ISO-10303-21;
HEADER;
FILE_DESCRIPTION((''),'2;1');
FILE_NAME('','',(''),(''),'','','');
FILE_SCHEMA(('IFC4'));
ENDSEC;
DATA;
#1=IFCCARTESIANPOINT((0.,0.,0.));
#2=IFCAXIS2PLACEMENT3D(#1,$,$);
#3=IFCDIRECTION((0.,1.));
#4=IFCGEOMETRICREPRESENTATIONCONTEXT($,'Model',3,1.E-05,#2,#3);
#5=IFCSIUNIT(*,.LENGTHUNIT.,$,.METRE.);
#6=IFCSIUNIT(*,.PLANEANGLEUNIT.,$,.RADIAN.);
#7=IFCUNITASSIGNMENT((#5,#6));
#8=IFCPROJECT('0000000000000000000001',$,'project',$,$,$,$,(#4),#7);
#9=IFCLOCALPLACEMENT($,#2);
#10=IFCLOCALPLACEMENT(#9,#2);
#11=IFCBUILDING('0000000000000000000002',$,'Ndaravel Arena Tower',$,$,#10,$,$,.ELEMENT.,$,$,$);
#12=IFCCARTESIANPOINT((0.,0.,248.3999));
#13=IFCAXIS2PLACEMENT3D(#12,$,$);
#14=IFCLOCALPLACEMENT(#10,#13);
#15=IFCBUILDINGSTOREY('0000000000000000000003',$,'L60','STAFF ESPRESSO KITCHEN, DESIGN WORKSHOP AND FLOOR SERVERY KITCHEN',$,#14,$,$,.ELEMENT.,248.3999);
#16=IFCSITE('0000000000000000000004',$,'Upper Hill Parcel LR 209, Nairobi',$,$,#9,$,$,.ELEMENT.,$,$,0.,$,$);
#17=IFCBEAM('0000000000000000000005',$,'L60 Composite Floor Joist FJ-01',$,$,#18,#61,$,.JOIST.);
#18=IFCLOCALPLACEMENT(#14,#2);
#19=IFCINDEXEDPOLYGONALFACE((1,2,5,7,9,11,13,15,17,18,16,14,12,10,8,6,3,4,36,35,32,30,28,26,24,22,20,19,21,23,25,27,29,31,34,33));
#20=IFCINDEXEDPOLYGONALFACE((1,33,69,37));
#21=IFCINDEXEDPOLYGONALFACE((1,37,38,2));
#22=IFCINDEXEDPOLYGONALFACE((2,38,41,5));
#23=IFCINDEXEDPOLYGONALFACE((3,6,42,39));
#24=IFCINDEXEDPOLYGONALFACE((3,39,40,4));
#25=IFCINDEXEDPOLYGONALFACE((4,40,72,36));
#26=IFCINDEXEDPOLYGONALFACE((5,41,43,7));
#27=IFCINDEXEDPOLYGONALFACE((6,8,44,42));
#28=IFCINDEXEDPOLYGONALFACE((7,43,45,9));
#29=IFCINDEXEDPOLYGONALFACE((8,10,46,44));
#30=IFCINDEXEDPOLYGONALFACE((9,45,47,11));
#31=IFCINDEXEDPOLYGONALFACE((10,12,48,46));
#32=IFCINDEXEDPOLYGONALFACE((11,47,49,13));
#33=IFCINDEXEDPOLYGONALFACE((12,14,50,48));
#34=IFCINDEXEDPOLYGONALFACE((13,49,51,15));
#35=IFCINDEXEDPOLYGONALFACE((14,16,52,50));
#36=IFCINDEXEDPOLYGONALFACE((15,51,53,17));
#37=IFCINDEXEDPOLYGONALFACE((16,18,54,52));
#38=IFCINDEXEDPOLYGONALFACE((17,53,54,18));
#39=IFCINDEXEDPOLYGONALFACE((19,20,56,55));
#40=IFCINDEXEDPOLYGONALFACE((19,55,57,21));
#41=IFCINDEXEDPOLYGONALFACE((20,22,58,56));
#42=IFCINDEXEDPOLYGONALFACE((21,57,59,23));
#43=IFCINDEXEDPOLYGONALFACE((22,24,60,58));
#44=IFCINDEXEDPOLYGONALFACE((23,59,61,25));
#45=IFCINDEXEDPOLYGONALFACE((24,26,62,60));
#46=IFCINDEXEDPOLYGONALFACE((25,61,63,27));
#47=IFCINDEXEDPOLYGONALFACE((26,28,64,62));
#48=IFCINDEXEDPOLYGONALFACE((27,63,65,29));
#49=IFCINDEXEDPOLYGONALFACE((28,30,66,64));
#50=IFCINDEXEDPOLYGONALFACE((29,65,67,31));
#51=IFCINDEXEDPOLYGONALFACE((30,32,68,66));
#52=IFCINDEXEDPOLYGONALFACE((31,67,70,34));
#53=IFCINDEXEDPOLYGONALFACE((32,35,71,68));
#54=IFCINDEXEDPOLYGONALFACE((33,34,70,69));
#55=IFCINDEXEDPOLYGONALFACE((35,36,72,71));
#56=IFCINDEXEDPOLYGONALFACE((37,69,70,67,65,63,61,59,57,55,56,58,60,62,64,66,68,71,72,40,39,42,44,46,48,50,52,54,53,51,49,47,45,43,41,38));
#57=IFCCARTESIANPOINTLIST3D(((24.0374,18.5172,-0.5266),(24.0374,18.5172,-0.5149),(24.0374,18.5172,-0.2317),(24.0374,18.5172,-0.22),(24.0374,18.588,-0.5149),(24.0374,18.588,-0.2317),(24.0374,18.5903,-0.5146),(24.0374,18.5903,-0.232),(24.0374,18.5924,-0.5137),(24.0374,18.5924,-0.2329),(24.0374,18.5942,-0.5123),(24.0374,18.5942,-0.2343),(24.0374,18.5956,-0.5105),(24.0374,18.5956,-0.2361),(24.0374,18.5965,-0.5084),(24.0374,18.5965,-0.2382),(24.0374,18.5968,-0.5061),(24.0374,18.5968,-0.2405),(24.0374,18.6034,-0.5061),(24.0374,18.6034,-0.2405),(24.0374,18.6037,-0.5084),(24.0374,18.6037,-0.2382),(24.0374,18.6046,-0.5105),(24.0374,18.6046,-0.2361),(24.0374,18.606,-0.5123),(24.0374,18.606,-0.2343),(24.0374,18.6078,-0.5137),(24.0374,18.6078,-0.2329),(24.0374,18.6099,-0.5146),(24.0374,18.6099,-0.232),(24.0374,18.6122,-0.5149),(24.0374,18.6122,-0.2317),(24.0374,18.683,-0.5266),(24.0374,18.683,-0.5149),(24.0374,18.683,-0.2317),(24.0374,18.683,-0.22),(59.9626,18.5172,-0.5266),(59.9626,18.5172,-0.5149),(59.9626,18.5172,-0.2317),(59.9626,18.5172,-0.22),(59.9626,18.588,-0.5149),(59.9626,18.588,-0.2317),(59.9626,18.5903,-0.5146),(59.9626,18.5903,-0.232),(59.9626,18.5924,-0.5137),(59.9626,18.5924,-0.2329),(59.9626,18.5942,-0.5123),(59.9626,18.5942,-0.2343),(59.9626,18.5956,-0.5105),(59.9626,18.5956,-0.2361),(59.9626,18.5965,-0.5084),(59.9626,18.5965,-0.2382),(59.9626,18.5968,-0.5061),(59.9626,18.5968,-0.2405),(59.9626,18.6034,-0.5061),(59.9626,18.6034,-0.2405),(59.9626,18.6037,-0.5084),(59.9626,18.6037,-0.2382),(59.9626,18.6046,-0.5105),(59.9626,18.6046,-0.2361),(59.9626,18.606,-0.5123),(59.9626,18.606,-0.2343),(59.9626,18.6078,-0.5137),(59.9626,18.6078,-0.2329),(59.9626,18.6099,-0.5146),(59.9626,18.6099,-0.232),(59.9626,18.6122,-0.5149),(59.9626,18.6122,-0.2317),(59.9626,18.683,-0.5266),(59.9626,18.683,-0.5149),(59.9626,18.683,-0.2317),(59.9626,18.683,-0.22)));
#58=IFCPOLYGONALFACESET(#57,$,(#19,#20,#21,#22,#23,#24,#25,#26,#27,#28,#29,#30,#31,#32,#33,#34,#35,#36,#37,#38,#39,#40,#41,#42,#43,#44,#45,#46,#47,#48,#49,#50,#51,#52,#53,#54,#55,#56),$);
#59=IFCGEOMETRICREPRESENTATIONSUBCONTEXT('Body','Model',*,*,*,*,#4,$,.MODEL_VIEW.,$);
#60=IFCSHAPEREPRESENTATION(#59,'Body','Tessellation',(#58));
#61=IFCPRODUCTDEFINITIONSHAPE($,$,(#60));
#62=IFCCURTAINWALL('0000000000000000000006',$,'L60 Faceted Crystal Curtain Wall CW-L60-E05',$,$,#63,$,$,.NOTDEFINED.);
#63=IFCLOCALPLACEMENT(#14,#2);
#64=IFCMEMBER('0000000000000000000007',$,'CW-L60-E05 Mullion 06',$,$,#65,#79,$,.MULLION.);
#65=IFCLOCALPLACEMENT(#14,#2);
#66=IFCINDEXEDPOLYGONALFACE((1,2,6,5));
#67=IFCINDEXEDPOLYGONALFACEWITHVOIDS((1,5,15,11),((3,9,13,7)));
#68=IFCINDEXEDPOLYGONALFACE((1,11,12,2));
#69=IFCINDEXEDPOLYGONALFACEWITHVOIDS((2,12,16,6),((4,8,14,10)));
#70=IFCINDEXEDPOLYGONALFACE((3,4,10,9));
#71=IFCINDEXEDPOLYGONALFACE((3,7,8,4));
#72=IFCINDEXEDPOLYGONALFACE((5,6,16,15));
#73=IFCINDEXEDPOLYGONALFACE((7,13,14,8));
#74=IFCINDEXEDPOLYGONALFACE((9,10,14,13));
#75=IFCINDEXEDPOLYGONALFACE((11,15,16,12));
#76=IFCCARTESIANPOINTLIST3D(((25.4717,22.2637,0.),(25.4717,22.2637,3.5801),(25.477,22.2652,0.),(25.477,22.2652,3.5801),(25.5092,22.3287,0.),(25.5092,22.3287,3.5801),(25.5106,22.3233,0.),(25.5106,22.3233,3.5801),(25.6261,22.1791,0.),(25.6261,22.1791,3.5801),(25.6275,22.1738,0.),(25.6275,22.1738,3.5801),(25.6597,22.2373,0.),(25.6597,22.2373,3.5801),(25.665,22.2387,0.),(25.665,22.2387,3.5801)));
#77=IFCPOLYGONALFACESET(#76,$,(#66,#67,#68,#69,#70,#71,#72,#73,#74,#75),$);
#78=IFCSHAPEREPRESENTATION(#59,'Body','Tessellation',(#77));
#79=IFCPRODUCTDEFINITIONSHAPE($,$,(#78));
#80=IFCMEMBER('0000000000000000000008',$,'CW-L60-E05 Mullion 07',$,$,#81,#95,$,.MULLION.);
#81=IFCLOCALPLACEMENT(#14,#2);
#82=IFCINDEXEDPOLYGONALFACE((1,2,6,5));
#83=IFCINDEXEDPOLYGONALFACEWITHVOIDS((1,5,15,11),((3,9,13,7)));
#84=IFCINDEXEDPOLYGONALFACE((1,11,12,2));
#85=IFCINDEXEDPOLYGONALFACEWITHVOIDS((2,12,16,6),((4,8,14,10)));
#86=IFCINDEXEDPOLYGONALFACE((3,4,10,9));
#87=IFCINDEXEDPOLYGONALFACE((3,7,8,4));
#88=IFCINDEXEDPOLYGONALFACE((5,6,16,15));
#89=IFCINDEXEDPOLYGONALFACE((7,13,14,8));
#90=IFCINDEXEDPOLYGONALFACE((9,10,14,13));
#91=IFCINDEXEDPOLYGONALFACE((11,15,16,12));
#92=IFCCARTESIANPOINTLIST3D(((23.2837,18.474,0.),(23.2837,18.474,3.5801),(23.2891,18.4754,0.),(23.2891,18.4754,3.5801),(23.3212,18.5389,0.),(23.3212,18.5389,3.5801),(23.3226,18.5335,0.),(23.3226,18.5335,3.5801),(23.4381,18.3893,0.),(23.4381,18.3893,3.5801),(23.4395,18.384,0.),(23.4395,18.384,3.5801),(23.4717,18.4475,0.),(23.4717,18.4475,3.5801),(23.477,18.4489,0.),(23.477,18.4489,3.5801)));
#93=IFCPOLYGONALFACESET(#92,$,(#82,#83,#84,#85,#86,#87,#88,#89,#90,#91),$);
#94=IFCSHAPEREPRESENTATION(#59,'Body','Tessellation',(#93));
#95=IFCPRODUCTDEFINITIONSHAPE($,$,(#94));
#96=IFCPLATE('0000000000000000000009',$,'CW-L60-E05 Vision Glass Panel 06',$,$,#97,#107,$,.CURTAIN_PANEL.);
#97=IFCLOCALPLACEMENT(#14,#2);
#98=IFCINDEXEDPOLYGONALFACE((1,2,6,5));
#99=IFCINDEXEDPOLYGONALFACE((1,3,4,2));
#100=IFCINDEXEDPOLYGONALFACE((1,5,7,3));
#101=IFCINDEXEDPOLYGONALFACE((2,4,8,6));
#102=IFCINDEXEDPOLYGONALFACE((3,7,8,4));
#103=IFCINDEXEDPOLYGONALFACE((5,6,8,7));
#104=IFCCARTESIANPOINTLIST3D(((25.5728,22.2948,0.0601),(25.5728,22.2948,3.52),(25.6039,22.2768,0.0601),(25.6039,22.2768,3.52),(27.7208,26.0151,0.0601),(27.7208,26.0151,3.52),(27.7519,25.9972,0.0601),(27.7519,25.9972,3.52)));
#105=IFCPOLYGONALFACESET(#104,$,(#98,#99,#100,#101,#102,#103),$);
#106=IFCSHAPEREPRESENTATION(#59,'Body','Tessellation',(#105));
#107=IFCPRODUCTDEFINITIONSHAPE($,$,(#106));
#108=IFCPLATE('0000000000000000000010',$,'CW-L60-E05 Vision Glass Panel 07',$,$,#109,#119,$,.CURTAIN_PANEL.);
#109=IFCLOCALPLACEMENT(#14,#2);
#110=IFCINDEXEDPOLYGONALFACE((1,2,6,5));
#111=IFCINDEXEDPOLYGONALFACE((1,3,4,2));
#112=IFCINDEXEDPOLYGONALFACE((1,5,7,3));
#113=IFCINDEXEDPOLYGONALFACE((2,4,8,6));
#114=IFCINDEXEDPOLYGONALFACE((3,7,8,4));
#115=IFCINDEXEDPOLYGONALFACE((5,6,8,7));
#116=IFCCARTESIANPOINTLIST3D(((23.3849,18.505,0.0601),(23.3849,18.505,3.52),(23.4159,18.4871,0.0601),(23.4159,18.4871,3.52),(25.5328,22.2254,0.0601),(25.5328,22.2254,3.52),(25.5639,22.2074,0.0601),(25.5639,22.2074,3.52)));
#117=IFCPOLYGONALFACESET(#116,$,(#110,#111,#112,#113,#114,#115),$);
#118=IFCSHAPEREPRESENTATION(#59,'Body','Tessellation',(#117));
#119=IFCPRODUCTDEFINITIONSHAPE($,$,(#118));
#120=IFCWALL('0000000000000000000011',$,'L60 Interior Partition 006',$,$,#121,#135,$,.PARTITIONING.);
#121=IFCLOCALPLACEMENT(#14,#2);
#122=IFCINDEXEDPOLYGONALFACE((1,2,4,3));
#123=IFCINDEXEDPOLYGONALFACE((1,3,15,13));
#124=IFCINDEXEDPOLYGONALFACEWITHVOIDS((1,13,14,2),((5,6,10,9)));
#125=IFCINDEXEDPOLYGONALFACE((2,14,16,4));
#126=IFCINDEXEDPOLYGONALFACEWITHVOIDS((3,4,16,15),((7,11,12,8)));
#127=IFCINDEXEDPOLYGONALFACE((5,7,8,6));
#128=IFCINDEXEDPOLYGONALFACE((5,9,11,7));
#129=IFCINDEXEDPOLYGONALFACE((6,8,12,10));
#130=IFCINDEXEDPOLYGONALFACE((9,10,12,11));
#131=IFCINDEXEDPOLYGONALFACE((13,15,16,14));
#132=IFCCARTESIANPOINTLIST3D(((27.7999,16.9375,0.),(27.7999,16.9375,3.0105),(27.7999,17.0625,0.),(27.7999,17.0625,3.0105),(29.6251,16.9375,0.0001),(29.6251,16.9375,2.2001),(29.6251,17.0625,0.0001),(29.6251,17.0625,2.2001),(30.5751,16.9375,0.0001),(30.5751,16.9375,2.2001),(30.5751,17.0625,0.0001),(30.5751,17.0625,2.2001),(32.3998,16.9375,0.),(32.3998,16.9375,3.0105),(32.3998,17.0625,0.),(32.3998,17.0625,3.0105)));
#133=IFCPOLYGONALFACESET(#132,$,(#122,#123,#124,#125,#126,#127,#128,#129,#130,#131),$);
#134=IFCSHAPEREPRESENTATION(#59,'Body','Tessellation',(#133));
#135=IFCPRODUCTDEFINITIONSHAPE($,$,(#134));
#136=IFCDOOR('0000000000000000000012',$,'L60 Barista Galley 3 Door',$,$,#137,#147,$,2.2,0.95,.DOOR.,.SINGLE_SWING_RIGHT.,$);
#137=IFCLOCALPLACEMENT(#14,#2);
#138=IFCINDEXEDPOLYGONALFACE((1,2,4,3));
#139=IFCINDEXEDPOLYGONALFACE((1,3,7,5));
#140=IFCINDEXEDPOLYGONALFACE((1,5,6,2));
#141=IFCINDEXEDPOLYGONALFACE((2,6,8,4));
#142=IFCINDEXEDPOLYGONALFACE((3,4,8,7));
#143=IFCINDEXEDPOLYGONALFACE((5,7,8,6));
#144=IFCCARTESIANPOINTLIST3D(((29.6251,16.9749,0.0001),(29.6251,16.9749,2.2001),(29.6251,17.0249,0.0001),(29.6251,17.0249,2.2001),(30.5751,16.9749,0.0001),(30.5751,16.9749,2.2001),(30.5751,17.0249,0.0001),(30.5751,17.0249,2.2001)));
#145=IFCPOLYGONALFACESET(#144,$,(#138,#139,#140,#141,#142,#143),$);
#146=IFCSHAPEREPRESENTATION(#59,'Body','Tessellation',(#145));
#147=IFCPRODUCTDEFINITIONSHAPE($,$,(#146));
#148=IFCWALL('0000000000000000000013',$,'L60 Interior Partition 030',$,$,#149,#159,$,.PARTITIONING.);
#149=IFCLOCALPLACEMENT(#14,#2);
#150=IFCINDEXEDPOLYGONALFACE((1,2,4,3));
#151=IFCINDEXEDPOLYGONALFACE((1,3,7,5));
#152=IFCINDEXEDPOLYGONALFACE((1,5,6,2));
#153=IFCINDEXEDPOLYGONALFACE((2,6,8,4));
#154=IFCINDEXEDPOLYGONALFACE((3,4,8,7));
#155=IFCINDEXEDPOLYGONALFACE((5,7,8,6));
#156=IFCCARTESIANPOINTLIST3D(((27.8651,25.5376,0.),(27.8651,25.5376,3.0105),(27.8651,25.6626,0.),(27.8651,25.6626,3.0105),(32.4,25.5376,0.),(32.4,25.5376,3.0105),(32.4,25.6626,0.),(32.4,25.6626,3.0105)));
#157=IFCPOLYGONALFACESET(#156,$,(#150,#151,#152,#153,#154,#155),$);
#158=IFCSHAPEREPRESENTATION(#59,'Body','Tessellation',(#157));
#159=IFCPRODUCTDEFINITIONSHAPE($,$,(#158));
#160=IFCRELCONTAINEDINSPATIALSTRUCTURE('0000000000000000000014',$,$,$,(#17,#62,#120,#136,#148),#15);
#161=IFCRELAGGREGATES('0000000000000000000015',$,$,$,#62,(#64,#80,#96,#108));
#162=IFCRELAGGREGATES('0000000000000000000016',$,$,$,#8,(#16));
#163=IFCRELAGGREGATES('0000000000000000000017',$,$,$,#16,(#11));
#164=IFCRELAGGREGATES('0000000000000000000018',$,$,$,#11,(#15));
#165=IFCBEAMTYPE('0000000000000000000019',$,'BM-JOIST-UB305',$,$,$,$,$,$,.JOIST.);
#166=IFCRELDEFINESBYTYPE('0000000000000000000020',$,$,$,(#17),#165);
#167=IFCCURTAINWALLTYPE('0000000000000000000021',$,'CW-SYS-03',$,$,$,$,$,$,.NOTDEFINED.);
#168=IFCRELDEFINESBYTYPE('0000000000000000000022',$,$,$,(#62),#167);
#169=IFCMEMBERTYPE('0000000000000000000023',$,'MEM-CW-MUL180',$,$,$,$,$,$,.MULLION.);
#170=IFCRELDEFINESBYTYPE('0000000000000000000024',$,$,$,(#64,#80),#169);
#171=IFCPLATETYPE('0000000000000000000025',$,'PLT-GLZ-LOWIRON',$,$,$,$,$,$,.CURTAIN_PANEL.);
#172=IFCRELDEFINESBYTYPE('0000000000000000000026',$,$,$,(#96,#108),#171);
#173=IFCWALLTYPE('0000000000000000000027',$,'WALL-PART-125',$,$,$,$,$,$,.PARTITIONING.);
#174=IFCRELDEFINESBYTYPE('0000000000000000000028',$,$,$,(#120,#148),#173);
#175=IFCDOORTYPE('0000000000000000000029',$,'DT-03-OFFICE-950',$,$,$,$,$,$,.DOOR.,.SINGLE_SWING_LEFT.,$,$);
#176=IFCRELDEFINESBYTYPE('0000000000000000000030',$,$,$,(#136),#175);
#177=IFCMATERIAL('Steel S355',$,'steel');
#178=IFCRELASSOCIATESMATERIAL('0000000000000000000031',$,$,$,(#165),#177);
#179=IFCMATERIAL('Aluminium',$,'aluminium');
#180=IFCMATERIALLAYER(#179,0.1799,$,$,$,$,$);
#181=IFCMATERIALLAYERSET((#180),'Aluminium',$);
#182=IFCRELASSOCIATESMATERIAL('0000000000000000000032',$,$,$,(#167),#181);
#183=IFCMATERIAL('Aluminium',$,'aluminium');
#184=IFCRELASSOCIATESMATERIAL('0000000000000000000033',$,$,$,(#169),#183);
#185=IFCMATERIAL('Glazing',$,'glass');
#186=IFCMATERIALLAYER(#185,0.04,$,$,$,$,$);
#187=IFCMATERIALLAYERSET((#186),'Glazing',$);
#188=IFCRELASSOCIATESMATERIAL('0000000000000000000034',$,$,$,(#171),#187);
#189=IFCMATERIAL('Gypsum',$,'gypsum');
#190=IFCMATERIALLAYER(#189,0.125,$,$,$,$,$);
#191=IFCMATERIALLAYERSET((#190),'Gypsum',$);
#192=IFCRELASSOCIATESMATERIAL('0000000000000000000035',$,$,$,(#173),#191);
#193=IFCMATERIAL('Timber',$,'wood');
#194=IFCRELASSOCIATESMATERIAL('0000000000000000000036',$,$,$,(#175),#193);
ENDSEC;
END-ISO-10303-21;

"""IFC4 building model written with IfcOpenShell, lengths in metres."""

from ifc_helpers import new_model, si_unit, direction, frame, frame_2d, origin, origin_2d, place, context, subcontext, project, spatial, rectangle, hollow_rectangle, i_section, extrude, material, layer, layer_set, material_profile, profile_set, type_object, element, fill, aggregate, save


model = new_model("IFC4")

# Units and contexts
model_context = context("Model", 3, precision=1e-05, world=origin(), true_north=direction((0.0, 1.0)))
body_context = subcontext(model_context, "Body", "Model", "MODEL_VIEW")
ifc_project = project(units=[si_unit("LENGTHUNIT", "METRE"), si_unit("PLANEANGLEUNIT", "RADIAN")], contexts=[model_context])

# Site, building, storey
site_placement = place(None, origin())
site = spatial("IfcSite", under=ifc_project, at=site_placement, Name="Upper Hill Parcel LR 209, Nairobi", CompositionType="ELEMENT", RefElevation=0.0)
building_placement = place(site_placement, origin())
building = spatial("IfcBuilding", under=site, at=building_placement, Name="Ndaravel Arena Tower", CompositionType="ELEMENT")
storey_placement = place(building_placement, frame((0.0, 0.0, 248.3999)))
storey = spatial("IfcBuildingStorey", under=building, at=storey_placement, Name="L60", Description="STAFF ESPRESSO KITCHEN, DESIGN WORKSHOP AND FLOOR SERVERY KITCHEN", CompositionType="ELEMENT", Elevation=248.3999)

# Beam
ifc_material_1 = material(Name="Steel S355", Category="steel")
ifc_material_profile_1 = material_profile(ifc_material_1, i_section(OverallWidth=0.1658, OverallDepth=0.3066, WebThickness=0.0066, FlangeThickness=0.0117, FilletRadius=0.0088, at=origin_2d()), Name="UB 305x165x46")
ifc_profile_set_1 = profile_set([ifc_material_profile_1], Name="Steel S355")
beam_type = type_object("IfcBeamType", Name="BM-JOIST-UB305", PredefinedType="JOIST", material=ifc_profile_set_1)
beam_placement = place(storey_placement, frame((24.0374, 18.6001, -0.3733), z_axis=(1.0, 0.0, 0.0), x_axis=(0.0, 1.0, 0.0)))
element("IfcBeam", 1, at=beam_placement, inside=storey, type_object=beam_type, Name="L60 Composite Floor Joist FJ-01", PredefinedType="JOIST", context=body_context, shape_type="SweptSolid", body=[
    extrude(i_section(OverallWidth=0.1658, OverallDepth=0.3066, WebThickness=0.0066, FlangeThickness=0.0117, FilletRadius=0.0088, at=origin_2d()), origin(), (0.0, 0.0, 1.0), 35.9253),
])

# Curtain wall, members, plates
ifc_material_2 = material(Name="Aluminium", Category="aluminium")
ifc_layer_1 = layer(ifc_material_2, 0.1799)
ifc_layer_set_1 = layer_set([ifc_layer_1], Name="Aluminium")
curtain_wall_type = type_object("IfcCurtainWallType", Name="CW-SYS-03", PredefinedType="NOTDEFINED", material=ifc_layer_set_1)
curtain_wall_placement = place(storey_placement, origin())
curtain_wall = element("IfcCurtainWall", 2, at=curtain_wall_placement, inside=storey, type_object=curtain_wall_type, Name="L60 Faceted Crystal Curtain Wall CW-L60-E05", PredefinedType="NOTDEFINED")
ifc_material_3 = material(Name="Aluminium", Category="aluminium")
ifc_material_profile_2 = material_profile(ifc_material_3, hollow_rectangle(XDim=0.075, YDim=0.1799, WallThickness=0.0039, at=origin_2d()), Name="CW MULLION 75x180x4")
ifc_profile_set_2 = profile_set([ifc_material_profile_2], Name="Aluminium")
member_type = type_object("IfcMemberType", Name="MEM-CW-MUL180", PredefinedType="MULLION", material=ifc_profile_set_2)
member_1_placement = place(storey_placement, frame((25.5684, 22.2512, 0.0), z_axis=(0.0, 0.0, 1.0), x_axis=(-0.5, -0.866025, 0.0)))
member_1 = element("IfcMember", 3, at=member_1_placement, type_object=member_type, Name="CW-L60-E05 Mullion 06", PredefinedType="MULLION", context=body_context, shape_type="SweptSolid", body=[
    extrude(hollow_rectangle(XDim=0.075, YDim=0.1799, WallThickness=0.0039, at=origin_2d()), origin(), (0.0, 0.0, 1.0), 3.5801),
])
member_2_placement = place(storey_placement, frame((23.3804, 18.4614, 0.0), z_axis=(0.0, 0.0, 1.0), x_axis=(-0.5, -0.866025, 0.0)))
member_2 = element("IfcMember", 4, at=member_2_placement, type_object=member_type, Name="CW-L60-E05 Mullion 07", PredefinedType="MULLION", context=body_context, shape_type="SweptSolid", body=[
    extrude(hollow_rectangle(XDim=0.075, YDim=0.1799, WallThickness=0.0039, at=origin_2d()), origin(), (0.0, 0.0, 1.0), 3.5801),
])
ifc_material_4 = material(Name="Glazing", Category="glass")
ifc_layer_2 = layer(ifc_material_4, 0.04)
ifc_layer_set_2 = layer_set([ifc_layer_2], Name="Glazing")
plate_type = type_object("IfcPlateType", Name="PLT-GLZ-LOWIRON", PredefinedType="CURTAIN_PANEL", material=ifc_layer_set_2)
plate_1_placement = place(storey_placement, frame((26.6624, 24.146, 0.0601), z_axis=(0.0, 0.0, 1.0), x_axis=(-0.5, -0.866025, 0.0)))
plate_1 = element("IfcPlate", 5, at=plate_1_placement, type_object=plate_type, Name="CW-L60-E05 Vision Glass Panel 06", PredefinedType="CURTAIN_PANEL", context=body_context, shape_type="SweptSolid", body=[
    extrude(rectangle(XDim=4.2959, YDim=0.0359, at=origin_2d()), origin(), (0.0, 0.0, 1.0), 3.46),
])
plate_2_placement = place(storey_placement, frame((24.4744, 20.3562, 0.0601), z_axis=(0.0, 0.0, 1.0), x_axis=(-0.5, -0.866025, 0.0)))
plate_2 = element("IfcPlate", 6, at=plate_2_placement, type_object=plate_type, Name="CW-L60-E05 Vision Glass Panel 07", PredefinedType="CURTAIN_PANEL", context=body_context, shape_type="SweptSolid", body=[
    extrude(rectangle(XDim=4.2959, YDim=0.0359, at=origin_2d()), origin(), (0.0, 0.0, 1.0), 3.46),
])
aggregate(curtain_wall, [member_1, member_2, plate_1, plate_2])

# Wall, opening, door
ifc_material_5 = material(Name="Gypsum", Category="gypsum")
ifc_layer_3 = layer(ifc_material_5, 0.125)
ifc_layer_set_3 = layer_set([ifc_layer_3], Name="Gypsum")
wall_type_1 = type_object("IfcWallType", Name="WALL-PART-125", PredefinedType="PARTITIONING", material=ifc_layer_set_3)
wall_1_placement = place(storey_placement, frame((27.8, 17.0, 0.0), z_axis=(0.0, 0.0, 1.0), x_axis=(1.0, 0.0, 0.0)))
wall_1 = element("IfcWall", 7, at=wall_1_placement, inside=storey, type_object=wall_type_1, Name="L60 Interior Partition 006", PredefinedType="PARTITIONING", context=body_context, shape_type="SweptSolid", body=[
    extrude(rectangle(XDim=4.5999, YDim=0.125, at=frame_2d((2.2998, 0.0))), origin(), (0.0, 0.0, 1.0), 3.0105),
])
opening_1_placement = place(wall_1_placement, frame((1.825, 0.0, 0.0)))
opening_1 = element("IfcOpeningElement", 8, at=opening_1_placement, cuts=wall_1, PredefinedType="OPENING", context=body_context, shape_type="SweptSolid", body=[
    extrude(rectangle(XDim=0.95, YDim=2.2, at=frame_2d((0.4751, 1.1001))), frame((0.0, 0.0625, 0.0), z_axis=(0.0, -1.0, 0.0), x_axis=(1.0, 0.0, 0.0)), (0.0, 0.0, 1.0), 0.125),
])
ifc_material_6 = material(Name="Timber", Category="wood")
door_type_1 = type_object("IfcDoorType", Name="DT-03-OFFICE-950", OperationType="SINGLE_SWING_LEFT", PredefinedType="DOOR", material=ifc_material_6)
door_1_placement = place(opening_1_placement, origin())
door_1 = element("IfcDoor", 9, at=door_1_placement, inside=storey, type_object=door_type_1, Name="L60 Barista Galley 3 Door", OperationType="SINGLE_SWING_RIGHT", OverallHeight=2.2, OverallWidth=0.95, PredefinedType="DOOR", context=body_context, shape_type="SweptSolid", body=[
    extrude(rectangle(XDim=0.95, YDim=2.2, at=frame_2d((0.4751, 1.1001))), frame((0.0, 0.0249, 0.0), z_axis=(0.0, -1.0, 0.0), x_axis=(1.0, 0.0, 0.0)), (0.0, 0.0, 1.0), 0.05),
])
fill(opening_1, door_1)

# Wall
wall_2_placement = place(storey_placement, frame((27.865, 25.6001, 0.0), z_axis=(0.0, 0.0, 1.0), x_axis=(1.0, 0.0, 0.0)))
element("IfcWall", 10, at=wall_2_placement, inside=storey, type_object=wall_type_1, Name="L60 Interior Partition 030", PredefinedType="PARTITIONING", context=body_context, shape_type="SweptSolid", body=[
    extrude(rectangle(XDim=4.5349, YDim=0.125, at=frame_2d((2.2676, 0.0))), origin(), (0.0, 0.0, 1.0), 3.0105),
])

save(model, "model.ifc")
